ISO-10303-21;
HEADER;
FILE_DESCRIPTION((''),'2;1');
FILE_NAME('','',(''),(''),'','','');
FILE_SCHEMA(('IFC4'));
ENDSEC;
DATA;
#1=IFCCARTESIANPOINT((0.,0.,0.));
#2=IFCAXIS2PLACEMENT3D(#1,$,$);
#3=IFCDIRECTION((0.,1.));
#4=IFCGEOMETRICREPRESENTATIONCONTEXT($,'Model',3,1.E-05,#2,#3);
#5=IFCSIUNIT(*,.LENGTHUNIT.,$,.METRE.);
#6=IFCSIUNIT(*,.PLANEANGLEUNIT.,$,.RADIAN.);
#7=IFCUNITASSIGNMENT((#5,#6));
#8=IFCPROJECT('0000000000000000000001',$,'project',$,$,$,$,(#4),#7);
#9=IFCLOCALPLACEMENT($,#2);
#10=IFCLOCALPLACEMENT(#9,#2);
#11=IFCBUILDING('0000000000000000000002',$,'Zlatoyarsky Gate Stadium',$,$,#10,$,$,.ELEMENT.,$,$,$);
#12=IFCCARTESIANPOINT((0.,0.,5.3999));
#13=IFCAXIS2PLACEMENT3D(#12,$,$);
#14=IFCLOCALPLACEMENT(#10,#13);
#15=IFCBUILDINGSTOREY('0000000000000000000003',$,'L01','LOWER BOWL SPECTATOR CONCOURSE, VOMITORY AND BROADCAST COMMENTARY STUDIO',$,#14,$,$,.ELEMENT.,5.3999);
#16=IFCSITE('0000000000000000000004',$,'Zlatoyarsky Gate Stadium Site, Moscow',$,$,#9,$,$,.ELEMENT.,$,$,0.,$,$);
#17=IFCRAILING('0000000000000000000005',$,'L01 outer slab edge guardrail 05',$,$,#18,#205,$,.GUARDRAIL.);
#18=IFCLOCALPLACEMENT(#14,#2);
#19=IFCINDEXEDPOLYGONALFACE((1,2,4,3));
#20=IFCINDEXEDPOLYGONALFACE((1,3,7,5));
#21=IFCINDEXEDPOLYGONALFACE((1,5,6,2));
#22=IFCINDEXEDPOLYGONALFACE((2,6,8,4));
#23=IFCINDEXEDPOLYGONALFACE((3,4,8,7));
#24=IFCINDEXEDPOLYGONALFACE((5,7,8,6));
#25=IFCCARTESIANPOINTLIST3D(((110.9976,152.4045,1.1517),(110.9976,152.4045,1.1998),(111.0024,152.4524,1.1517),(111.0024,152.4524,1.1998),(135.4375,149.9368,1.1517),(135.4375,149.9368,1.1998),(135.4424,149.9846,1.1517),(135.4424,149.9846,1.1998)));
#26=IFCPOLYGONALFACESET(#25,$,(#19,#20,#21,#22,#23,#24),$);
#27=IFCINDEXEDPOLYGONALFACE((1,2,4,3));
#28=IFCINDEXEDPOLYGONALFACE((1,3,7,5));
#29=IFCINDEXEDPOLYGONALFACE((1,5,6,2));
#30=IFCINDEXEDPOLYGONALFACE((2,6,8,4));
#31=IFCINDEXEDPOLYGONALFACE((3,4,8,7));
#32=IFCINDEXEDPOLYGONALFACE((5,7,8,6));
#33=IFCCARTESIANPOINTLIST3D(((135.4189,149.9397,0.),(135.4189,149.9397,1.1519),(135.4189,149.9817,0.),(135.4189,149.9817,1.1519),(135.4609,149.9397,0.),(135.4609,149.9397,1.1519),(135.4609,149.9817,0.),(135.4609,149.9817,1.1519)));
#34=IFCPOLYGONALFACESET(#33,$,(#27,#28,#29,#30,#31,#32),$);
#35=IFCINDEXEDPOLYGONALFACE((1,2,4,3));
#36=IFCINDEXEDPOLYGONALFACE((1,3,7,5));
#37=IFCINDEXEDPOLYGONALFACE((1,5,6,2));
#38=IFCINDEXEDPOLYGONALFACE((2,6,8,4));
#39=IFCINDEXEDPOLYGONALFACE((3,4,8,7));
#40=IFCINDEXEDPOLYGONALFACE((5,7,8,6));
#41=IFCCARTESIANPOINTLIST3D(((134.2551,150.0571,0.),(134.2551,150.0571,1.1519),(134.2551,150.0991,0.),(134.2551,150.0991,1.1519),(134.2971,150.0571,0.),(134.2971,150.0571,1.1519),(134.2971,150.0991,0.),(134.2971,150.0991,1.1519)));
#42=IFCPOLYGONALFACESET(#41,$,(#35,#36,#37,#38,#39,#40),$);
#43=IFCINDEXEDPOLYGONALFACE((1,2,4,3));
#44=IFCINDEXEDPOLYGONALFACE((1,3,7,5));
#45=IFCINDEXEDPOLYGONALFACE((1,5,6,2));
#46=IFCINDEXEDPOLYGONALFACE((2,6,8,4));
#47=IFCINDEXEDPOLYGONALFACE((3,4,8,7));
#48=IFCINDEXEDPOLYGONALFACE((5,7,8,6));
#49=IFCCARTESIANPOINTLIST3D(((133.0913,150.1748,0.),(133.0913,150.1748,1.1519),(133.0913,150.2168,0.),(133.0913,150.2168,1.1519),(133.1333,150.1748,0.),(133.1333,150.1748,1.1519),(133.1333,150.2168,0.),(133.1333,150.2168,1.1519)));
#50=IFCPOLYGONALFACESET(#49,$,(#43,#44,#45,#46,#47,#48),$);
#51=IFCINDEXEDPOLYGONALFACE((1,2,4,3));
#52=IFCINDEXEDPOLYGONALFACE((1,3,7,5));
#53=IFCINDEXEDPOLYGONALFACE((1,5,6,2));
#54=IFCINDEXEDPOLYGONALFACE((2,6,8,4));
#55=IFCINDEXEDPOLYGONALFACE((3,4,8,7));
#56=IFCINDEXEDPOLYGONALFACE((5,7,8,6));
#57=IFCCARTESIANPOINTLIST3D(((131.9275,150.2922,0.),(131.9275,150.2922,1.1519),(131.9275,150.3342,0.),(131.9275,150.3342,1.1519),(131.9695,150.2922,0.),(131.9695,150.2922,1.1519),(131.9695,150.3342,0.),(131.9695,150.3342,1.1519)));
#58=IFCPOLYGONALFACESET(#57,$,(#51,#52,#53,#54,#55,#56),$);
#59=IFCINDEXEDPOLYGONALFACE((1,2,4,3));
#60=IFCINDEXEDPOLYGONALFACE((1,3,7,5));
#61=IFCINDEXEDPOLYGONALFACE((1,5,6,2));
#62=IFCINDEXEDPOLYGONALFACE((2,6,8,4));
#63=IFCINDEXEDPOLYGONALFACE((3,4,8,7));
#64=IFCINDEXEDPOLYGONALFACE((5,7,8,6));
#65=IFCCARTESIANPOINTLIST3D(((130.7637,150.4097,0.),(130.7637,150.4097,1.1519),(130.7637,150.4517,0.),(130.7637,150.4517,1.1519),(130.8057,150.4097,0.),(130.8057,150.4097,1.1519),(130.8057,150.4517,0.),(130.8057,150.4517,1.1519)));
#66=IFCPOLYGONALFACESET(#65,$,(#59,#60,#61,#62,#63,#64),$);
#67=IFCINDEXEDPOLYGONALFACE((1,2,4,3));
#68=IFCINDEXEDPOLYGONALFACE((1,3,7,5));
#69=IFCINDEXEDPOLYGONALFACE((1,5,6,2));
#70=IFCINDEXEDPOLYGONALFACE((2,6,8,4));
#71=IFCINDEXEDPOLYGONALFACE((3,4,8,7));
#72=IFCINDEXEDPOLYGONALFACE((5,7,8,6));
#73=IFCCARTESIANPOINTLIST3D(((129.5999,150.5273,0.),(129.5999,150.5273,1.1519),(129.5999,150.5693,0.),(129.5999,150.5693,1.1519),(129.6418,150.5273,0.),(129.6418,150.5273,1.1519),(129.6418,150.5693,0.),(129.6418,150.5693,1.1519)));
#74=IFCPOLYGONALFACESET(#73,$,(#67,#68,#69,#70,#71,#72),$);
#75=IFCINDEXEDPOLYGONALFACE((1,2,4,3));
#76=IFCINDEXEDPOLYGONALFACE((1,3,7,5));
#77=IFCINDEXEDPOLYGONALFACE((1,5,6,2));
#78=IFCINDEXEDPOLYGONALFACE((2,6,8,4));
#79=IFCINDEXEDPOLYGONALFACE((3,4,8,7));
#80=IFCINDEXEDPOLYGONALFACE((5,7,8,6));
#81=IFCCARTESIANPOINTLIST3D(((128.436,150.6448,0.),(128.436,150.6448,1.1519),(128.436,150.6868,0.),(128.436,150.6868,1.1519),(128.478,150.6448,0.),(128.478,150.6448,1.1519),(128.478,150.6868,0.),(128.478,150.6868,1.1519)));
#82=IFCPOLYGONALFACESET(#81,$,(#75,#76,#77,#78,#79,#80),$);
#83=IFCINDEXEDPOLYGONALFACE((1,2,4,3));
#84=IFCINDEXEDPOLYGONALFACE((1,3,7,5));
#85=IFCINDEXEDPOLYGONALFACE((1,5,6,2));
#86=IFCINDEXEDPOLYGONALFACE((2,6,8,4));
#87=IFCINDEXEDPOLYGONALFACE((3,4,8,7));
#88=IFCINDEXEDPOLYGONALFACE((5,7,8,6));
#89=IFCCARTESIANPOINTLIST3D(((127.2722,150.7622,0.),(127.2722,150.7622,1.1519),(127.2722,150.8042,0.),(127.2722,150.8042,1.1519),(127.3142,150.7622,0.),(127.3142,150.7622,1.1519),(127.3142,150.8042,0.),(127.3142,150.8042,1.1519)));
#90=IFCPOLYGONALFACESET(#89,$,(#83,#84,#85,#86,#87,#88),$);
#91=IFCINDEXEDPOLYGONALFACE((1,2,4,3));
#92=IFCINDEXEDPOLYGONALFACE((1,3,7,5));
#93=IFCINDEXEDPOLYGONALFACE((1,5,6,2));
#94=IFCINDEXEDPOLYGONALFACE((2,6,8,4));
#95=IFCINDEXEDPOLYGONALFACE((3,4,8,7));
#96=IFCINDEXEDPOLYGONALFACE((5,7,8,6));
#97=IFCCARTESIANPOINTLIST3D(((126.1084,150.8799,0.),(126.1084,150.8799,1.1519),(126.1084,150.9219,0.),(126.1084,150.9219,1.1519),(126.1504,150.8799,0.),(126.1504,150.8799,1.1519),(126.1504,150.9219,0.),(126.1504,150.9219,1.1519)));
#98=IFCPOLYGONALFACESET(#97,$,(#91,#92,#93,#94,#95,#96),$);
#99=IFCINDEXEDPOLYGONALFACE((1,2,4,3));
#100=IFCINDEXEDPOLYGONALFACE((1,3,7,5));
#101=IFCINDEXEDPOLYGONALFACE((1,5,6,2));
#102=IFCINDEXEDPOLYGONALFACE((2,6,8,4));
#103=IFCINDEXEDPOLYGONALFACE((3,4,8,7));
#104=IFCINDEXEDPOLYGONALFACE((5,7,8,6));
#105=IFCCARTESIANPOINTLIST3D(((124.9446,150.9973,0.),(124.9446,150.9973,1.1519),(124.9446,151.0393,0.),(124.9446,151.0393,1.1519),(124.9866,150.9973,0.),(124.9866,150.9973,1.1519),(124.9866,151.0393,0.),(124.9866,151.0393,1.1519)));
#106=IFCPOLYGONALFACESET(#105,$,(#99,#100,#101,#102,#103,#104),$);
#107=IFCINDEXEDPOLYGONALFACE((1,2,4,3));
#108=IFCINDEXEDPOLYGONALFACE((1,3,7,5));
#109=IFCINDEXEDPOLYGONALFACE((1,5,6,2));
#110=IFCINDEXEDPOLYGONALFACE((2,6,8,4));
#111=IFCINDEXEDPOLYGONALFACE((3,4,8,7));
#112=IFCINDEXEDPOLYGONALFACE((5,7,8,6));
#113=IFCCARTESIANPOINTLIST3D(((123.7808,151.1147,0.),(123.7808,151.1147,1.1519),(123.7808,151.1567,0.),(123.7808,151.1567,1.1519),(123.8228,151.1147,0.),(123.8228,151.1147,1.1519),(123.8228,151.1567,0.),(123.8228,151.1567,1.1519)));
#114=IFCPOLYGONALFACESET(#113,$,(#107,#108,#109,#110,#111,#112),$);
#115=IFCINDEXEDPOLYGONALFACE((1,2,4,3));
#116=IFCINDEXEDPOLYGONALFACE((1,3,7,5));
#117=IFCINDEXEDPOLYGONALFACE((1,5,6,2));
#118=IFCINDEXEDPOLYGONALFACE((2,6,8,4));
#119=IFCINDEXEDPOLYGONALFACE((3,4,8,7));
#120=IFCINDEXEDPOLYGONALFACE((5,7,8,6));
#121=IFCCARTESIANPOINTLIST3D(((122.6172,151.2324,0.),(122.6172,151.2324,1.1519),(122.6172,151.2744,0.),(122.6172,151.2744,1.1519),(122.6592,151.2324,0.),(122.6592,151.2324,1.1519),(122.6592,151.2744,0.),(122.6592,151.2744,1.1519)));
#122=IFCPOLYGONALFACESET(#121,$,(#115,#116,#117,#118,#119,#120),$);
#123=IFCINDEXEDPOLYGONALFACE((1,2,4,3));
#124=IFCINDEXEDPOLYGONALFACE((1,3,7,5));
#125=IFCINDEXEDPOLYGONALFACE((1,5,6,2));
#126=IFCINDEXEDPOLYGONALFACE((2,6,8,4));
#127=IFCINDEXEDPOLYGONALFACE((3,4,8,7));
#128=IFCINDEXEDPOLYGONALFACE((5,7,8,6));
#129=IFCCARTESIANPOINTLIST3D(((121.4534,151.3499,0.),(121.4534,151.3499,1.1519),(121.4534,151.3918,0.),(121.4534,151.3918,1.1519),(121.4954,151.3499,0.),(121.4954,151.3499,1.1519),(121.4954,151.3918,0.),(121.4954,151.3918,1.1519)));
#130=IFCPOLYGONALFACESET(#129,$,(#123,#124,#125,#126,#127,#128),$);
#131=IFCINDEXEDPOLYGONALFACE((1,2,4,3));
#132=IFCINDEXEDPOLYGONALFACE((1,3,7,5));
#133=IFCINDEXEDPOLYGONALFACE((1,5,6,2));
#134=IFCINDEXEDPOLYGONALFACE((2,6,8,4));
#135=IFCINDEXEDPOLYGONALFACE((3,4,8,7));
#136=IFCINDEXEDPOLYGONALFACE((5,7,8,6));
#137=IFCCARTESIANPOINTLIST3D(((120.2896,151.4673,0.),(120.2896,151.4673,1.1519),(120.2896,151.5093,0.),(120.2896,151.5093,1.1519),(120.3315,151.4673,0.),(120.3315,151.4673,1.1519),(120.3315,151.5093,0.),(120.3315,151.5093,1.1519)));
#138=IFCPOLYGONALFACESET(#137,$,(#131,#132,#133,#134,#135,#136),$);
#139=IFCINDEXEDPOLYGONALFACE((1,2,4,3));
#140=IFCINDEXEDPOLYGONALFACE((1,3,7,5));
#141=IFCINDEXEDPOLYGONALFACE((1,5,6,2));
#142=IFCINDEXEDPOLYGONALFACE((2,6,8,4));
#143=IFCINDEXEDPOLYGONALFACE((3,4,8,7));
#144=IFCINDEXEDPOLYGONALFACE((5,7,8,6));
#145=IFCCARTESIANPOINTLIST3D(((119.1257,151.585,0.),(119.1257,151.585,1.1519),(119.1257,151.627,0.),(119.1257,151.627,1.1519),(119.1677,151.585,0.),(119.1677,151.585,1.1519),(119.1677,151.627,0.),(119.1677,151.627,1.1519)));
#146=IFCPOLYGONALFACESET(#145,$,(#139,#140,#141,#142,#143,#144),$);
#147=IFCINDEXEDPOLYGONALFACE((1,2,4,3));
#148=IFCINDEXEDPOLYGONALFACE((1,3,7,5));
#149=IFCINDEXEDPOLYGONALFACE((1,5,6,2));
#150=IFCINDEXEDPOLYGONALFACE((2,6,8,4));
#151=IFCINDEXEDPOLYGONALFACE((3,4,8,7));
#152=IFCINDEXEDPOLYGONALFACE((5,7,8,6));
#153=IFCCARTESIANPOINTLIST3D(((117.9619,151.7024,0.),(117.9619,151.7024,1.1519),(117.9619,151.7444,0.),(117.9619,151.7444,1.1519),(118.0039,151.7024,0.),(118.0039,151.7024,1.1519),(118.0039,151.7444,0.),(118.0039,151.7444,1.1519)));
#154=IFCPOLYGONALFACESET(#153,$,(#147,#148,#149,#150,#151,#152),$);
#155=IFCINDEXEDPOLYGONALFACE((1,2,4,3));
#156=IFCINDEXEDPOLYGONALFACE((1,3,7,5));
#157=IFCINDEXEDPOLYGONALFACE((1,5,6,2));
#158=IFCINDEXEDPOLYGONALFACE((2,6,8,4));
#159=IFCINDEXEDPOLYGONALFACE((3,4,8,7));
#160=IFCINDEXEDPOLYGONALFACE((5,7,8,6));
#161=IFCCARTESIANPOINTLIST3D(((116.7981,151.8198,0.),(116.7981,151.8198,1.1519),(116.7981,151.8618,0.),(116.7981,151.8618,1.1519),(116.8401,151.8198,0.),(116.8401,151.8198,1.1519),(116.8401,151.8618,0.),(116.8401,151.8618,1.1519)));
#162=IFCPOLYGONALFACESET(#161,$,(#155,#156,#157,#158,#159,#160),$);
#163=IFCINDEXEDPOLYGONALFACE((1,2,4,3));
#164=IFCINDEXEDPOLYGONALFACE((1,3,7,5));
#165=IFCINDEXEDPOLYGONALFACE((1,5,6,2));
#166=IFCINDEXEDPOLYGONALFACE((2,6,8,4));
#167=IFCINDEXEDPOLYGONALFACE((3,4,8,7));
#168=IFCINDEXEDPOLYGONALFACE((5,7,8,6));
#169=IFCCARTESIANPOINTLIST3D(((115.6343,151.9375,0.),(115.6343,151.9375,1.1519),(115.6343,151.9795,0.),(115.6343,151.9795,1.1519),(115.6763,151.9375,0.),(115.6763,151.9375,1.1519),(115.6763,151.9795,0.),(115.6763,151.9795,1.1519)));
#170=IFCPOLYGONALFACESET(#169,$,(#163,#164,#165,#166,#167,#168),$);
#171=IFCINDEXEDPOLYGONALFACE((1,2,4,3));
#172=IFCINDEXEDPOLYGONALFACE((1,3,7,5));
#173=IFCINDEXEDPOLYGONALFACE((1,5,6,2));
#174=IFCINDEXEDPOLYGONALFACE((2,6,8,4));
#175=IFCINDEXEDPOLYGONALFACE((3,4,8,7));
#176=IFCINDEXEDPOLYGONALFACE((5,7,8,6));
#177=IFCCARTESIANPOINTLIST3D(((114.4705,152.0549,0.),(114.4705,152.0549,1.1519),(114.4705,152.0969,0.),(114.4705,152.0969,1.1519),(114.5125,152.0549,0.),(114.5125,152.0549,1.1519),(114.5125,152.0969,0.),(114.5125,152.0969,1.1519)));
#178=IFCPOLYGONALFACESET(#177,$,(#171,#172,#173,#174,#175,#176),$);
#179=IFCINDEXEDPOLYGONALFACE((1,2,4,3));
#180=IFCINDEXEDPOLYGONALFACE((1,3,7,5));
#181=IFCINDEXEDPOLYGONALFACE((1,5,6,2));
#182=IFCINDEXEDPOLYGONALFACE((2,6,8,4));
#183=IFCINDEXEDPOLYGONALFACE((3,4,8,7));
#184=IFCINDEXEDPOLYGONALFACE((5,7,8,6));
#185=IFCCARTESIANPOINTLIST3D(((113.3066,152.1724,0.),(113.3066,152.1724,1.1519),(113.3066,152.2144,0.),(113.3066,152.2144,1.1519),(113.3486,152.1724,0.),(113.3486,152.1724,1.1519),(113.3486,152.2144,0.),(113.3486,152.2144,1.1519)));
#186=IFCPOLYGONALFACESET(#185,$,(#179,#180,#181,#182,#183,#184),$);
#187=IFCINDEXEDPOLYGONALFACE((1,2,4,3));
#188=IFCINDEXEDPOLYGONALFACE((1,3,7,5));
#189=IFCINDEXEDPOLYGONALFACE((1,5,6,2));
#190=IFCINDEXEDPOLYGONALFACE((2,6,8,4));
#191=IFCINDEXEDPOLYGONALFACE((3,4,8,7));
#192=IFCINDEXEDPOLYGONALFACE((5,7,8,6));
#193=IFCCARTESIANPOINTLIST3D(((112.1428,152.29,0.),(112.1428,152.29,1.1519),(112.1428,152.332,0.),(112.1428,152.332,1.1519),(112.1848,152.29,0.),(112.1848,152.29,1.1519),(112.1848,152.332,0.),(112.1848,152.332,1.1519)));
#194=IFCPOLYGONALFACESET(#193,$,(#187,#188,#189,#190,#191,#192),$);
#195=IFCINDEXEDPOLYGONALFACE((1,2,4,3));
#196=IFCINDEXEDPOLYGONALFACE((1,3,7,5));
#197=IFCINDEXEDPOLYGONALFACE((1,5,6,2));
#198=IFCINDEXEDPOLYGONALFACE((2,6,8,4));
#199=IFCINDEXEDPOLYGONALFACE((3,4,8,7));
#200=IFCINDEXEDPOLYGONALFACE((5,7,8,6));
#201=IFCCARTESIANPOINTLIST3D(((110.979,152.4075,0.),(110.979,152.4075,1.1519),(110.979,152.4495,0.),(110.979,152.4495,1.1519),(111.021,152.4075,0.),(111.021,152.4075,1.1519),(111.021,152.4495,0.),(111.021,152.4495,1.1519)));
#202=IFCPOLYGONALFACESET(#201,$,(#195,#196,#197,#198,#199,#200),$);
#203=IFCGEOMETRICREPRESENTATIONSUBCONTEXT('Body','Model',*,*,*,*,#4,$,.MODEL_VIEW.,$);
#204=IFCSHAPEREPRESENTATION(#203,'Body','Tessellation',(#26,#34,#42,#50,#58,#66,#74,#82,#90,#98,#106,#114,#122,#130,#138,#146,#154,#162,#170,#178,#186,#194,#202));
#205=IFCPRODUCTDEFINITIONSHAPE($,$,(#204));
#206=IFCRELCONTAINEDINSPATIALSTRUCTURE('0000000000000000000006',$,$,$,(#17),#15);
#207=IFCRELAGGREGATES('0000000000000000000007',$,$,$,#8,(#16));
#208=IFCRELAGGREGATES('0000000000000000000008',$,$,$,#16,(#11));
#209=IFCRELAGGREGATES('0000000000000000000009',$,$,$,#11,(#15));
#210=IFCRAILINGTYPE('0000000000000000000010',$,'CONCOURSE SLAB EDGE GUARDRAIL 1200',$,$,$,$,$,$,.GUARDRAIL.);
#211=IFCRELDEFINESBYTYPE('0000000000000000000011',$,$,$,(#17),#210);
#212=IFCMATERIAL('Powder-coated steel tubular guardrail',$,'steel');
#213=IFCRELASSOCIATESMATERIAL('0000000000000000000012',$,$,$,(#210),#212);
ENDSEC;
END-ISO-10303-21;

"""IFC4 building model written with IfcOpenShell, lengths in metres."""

from ifc_helpers import new_model, si_unit, direction, frame, origin, origin_2d, place, context, subcontext, project, spatial, rectangle, extrude, material, type_object, element, save


model = new_model("IFC4")

# Units and contexts
model_context = context("Model", 3, precision=1e-05, world=origin(), true_north=direction((0.0, 1.0)))
body_context = subcontext(model_context, "Body", "Model", "MODEL_VIEW")
ifc_project = project(units=[si_unit("LENGTHUNIT", "METRE"), si_unit("PLANEANGLEUNIT", "RADIAN")], contexts=[model_context])

# Site, building, storey
site_placement = place(None, origin())
site = spatial("IfcSite", under=ifc_project, at=site_placement, Name="Zlatoyarsky Gate Stadium Site, Moscow", CompositionType="ELEMENT", RefElevation=0.0)
building_placement = place(site_placement, origin())
building = spatial("IfcBuilding", under=site, at=building_placement, Name="Zlatoyarsky Gate Stadium", CompositionType="ELEMENT")
storey_placement = place(building_placement, frame((0.0, 0.0, 5.3999)))
storey = spatial("IfcBuildingStorey", under=building, at=storey_placement, Name="L01", Description="LOWER BOWL SPECTATOR CONCOURSE, VOMITORY AND BROADCAST COMMENTARY STUDIO", CompositionType="ELEMENT", Elevation=5.3999)

# Railing
ifc_material_1 = material(Name="Powder-coated steel tubular guardrail", Category="steel")
railing_type = type_object("IfcRailingType", Name="CONCOURSE SLAB EDGE GUARDRAIL 1200", PredefinedType="GUARDRAIL", material=ifc_material_1)
railing_placement = place(storey_placement, frame((135.4399, 149.9607, 0.0)))
element("IfcRailing", 1, at=railing_placement, inside=storey, type_object=railing_type, Name="L01 outer slab edge guardrail 05", PredefinedType="GUARDRAIL", context=body_context, shape_type="SweptSolid", body=[
    extrude(rectangle(XDim=0.0481, YDim=0.0481, at=origin_2d()), frame((0.0, 0.0, 1.1758), z_axis=(-0.994941, 0.100462, 0.0), x_axis=(-0.100462, -0.994941, 0.0)), (0.0, 0.0, 1.0), 24.5642),
    extrude(rectangle(XDim=0.042, YDim=0.042, at=origin_2d()), origin(), (0.0, 0.0, 1.0), 1.1519),
    extrude(rectangle(XDim=0.042, YDim=0.042, at=origin_2d()), frame((-1.1638, 0.1174, 0.0)), (0.0, 0.0, 1.0), 1.1519),
    extrude(rectangle(XDim=0.042, YDim=0.042, at=origin_2d()), frame((-2.3276, 0.2351, 0.0)), (0.0, 0.0, 1.0), 1.1519),
    extrude(rectangle(XDim=0.042, YDim=0.042, at=origin_2d()), frame((-3.4915, 0.3525, 0.0)), (0.0, 0.0, 1.0), 1.1519),
    extrude(rectangle(XDim=0.042, YDim=0.042, at=origin_2d()), frame((-4.6553, 0.47, 0.0)), (0.0, 0.0, 1.0), 1.1519),
    extrude(rectangle(XDim=0.042, YDim=0.042, at=origin_2d()), frame((-5.8191, 0.5876, 0.0)), (0.0, 0.0, 1.0), 1.1519),
    extrude(rectangle(XDim=0.042, YDim=0.042, at=origin_2d()), frame((-6.9829, 0.7051, 0.0)), (0.0, 0.0, 1.0), 1.1519),
    extrude(rectangle(XDim=0.042, YDim=0.042, at=origin_2d()), frame((-8.1467, 0.8225, 0.0)), (0.0, 0.0, 1.0), 1.1519),
    extrude(rectangle(XDim=0.042, YDim=0.042, at=origin_2d()), frame((-9.3105, 0.9402, 0.0)), (0.0, 0.0, 1.0), 1.1519),
    extrude(rectangle(XDim=0.042, YDim=0.042, at=origin_2d()), frame((-10.4744, 1.0576, 0.0)), (0.0, 0.0, 1.0), 1.1519),
    extrude(rectangle(XDim=0.042, YDim=0.042, at=origin_2d()), frame((-11.6382, 1.175, 0.0)), (0.0, 0.0, 1.0), 1.1519),
    extrude(rectangle(XDim=0.042, YDim=0.042, at=origin_2d()), frame((-12.8018, 1.2927, 0.0)), (0.0, 0.0, 1.0), 1.1519),
    extrude(rectangle(XDim=0.042, YDim=0.042, at=origin_2d()), frame((-13.9656, 1.4102, 0.0)), (0.0, 0.0, 1.0), 1.1519),
    extrude(rectangle(XDim=0.042, YDim=0.042, at=origin_2d()), frame((-15.1294, 1.5276, 0.0)), (0.0, 0.0, 1.0), 1.1519),
    extrude(rectangle(XDim=0.042, YDim=0.042, at=origin_2d()), frame((-16.2932, 1.6453, 0.0)), (0.0, 0.0, 1.0), 1.1519),
    extrude(rectangle(XDim=0.042, YDim=0.042, at=origin_2d()), frame((-17.457, 1.7627, 0.0)), (0.0, 0.0, 1.0), 1.1519),
    extrude(rectangle(XDim=0.042, YDim=0.042, at=origin_2d()), frame((-18.6208, 1.8801, 0.0)), (0.0, 0.0, 1.0), 1.1519),
    extrude(rectangle(XDim=0.042, YDim=0.042, at=origin_2d()), frame((-19.7847, 1.9978, 0.0)), (0.0, 0.0, 1.0), 1.1519),
    extrude(rectangle(XDim=0.042, YDim=0.042, at=origin_2d()), frame((-20.9485, 2.1152, 0.0)), (0.0, 0.0, 1.0), 1.1519),
    extrude(rectangle(XDim=0.042, YDim=0.042, at=origin_2d()), frame((-22.1123, 2.2327, 0.0)), (0.0, 0.0, 1.0), 1.1519),
    extrude(rectangle(XDim=0.042, YDim=0.042, at=origin_2d()), frame((-23.2761, 2.3503, 0.0)), (0.0, 0.0, 1.0), 1.1519),
    extrude(rectangle(XDim=0.042, YDim=0.042, at=origin_2d()), frame((-24.4399, 2.4678, 0.0)), (0.0, 0.0, 1.0), 1.1519),
])

save(model, "model.ifc")
